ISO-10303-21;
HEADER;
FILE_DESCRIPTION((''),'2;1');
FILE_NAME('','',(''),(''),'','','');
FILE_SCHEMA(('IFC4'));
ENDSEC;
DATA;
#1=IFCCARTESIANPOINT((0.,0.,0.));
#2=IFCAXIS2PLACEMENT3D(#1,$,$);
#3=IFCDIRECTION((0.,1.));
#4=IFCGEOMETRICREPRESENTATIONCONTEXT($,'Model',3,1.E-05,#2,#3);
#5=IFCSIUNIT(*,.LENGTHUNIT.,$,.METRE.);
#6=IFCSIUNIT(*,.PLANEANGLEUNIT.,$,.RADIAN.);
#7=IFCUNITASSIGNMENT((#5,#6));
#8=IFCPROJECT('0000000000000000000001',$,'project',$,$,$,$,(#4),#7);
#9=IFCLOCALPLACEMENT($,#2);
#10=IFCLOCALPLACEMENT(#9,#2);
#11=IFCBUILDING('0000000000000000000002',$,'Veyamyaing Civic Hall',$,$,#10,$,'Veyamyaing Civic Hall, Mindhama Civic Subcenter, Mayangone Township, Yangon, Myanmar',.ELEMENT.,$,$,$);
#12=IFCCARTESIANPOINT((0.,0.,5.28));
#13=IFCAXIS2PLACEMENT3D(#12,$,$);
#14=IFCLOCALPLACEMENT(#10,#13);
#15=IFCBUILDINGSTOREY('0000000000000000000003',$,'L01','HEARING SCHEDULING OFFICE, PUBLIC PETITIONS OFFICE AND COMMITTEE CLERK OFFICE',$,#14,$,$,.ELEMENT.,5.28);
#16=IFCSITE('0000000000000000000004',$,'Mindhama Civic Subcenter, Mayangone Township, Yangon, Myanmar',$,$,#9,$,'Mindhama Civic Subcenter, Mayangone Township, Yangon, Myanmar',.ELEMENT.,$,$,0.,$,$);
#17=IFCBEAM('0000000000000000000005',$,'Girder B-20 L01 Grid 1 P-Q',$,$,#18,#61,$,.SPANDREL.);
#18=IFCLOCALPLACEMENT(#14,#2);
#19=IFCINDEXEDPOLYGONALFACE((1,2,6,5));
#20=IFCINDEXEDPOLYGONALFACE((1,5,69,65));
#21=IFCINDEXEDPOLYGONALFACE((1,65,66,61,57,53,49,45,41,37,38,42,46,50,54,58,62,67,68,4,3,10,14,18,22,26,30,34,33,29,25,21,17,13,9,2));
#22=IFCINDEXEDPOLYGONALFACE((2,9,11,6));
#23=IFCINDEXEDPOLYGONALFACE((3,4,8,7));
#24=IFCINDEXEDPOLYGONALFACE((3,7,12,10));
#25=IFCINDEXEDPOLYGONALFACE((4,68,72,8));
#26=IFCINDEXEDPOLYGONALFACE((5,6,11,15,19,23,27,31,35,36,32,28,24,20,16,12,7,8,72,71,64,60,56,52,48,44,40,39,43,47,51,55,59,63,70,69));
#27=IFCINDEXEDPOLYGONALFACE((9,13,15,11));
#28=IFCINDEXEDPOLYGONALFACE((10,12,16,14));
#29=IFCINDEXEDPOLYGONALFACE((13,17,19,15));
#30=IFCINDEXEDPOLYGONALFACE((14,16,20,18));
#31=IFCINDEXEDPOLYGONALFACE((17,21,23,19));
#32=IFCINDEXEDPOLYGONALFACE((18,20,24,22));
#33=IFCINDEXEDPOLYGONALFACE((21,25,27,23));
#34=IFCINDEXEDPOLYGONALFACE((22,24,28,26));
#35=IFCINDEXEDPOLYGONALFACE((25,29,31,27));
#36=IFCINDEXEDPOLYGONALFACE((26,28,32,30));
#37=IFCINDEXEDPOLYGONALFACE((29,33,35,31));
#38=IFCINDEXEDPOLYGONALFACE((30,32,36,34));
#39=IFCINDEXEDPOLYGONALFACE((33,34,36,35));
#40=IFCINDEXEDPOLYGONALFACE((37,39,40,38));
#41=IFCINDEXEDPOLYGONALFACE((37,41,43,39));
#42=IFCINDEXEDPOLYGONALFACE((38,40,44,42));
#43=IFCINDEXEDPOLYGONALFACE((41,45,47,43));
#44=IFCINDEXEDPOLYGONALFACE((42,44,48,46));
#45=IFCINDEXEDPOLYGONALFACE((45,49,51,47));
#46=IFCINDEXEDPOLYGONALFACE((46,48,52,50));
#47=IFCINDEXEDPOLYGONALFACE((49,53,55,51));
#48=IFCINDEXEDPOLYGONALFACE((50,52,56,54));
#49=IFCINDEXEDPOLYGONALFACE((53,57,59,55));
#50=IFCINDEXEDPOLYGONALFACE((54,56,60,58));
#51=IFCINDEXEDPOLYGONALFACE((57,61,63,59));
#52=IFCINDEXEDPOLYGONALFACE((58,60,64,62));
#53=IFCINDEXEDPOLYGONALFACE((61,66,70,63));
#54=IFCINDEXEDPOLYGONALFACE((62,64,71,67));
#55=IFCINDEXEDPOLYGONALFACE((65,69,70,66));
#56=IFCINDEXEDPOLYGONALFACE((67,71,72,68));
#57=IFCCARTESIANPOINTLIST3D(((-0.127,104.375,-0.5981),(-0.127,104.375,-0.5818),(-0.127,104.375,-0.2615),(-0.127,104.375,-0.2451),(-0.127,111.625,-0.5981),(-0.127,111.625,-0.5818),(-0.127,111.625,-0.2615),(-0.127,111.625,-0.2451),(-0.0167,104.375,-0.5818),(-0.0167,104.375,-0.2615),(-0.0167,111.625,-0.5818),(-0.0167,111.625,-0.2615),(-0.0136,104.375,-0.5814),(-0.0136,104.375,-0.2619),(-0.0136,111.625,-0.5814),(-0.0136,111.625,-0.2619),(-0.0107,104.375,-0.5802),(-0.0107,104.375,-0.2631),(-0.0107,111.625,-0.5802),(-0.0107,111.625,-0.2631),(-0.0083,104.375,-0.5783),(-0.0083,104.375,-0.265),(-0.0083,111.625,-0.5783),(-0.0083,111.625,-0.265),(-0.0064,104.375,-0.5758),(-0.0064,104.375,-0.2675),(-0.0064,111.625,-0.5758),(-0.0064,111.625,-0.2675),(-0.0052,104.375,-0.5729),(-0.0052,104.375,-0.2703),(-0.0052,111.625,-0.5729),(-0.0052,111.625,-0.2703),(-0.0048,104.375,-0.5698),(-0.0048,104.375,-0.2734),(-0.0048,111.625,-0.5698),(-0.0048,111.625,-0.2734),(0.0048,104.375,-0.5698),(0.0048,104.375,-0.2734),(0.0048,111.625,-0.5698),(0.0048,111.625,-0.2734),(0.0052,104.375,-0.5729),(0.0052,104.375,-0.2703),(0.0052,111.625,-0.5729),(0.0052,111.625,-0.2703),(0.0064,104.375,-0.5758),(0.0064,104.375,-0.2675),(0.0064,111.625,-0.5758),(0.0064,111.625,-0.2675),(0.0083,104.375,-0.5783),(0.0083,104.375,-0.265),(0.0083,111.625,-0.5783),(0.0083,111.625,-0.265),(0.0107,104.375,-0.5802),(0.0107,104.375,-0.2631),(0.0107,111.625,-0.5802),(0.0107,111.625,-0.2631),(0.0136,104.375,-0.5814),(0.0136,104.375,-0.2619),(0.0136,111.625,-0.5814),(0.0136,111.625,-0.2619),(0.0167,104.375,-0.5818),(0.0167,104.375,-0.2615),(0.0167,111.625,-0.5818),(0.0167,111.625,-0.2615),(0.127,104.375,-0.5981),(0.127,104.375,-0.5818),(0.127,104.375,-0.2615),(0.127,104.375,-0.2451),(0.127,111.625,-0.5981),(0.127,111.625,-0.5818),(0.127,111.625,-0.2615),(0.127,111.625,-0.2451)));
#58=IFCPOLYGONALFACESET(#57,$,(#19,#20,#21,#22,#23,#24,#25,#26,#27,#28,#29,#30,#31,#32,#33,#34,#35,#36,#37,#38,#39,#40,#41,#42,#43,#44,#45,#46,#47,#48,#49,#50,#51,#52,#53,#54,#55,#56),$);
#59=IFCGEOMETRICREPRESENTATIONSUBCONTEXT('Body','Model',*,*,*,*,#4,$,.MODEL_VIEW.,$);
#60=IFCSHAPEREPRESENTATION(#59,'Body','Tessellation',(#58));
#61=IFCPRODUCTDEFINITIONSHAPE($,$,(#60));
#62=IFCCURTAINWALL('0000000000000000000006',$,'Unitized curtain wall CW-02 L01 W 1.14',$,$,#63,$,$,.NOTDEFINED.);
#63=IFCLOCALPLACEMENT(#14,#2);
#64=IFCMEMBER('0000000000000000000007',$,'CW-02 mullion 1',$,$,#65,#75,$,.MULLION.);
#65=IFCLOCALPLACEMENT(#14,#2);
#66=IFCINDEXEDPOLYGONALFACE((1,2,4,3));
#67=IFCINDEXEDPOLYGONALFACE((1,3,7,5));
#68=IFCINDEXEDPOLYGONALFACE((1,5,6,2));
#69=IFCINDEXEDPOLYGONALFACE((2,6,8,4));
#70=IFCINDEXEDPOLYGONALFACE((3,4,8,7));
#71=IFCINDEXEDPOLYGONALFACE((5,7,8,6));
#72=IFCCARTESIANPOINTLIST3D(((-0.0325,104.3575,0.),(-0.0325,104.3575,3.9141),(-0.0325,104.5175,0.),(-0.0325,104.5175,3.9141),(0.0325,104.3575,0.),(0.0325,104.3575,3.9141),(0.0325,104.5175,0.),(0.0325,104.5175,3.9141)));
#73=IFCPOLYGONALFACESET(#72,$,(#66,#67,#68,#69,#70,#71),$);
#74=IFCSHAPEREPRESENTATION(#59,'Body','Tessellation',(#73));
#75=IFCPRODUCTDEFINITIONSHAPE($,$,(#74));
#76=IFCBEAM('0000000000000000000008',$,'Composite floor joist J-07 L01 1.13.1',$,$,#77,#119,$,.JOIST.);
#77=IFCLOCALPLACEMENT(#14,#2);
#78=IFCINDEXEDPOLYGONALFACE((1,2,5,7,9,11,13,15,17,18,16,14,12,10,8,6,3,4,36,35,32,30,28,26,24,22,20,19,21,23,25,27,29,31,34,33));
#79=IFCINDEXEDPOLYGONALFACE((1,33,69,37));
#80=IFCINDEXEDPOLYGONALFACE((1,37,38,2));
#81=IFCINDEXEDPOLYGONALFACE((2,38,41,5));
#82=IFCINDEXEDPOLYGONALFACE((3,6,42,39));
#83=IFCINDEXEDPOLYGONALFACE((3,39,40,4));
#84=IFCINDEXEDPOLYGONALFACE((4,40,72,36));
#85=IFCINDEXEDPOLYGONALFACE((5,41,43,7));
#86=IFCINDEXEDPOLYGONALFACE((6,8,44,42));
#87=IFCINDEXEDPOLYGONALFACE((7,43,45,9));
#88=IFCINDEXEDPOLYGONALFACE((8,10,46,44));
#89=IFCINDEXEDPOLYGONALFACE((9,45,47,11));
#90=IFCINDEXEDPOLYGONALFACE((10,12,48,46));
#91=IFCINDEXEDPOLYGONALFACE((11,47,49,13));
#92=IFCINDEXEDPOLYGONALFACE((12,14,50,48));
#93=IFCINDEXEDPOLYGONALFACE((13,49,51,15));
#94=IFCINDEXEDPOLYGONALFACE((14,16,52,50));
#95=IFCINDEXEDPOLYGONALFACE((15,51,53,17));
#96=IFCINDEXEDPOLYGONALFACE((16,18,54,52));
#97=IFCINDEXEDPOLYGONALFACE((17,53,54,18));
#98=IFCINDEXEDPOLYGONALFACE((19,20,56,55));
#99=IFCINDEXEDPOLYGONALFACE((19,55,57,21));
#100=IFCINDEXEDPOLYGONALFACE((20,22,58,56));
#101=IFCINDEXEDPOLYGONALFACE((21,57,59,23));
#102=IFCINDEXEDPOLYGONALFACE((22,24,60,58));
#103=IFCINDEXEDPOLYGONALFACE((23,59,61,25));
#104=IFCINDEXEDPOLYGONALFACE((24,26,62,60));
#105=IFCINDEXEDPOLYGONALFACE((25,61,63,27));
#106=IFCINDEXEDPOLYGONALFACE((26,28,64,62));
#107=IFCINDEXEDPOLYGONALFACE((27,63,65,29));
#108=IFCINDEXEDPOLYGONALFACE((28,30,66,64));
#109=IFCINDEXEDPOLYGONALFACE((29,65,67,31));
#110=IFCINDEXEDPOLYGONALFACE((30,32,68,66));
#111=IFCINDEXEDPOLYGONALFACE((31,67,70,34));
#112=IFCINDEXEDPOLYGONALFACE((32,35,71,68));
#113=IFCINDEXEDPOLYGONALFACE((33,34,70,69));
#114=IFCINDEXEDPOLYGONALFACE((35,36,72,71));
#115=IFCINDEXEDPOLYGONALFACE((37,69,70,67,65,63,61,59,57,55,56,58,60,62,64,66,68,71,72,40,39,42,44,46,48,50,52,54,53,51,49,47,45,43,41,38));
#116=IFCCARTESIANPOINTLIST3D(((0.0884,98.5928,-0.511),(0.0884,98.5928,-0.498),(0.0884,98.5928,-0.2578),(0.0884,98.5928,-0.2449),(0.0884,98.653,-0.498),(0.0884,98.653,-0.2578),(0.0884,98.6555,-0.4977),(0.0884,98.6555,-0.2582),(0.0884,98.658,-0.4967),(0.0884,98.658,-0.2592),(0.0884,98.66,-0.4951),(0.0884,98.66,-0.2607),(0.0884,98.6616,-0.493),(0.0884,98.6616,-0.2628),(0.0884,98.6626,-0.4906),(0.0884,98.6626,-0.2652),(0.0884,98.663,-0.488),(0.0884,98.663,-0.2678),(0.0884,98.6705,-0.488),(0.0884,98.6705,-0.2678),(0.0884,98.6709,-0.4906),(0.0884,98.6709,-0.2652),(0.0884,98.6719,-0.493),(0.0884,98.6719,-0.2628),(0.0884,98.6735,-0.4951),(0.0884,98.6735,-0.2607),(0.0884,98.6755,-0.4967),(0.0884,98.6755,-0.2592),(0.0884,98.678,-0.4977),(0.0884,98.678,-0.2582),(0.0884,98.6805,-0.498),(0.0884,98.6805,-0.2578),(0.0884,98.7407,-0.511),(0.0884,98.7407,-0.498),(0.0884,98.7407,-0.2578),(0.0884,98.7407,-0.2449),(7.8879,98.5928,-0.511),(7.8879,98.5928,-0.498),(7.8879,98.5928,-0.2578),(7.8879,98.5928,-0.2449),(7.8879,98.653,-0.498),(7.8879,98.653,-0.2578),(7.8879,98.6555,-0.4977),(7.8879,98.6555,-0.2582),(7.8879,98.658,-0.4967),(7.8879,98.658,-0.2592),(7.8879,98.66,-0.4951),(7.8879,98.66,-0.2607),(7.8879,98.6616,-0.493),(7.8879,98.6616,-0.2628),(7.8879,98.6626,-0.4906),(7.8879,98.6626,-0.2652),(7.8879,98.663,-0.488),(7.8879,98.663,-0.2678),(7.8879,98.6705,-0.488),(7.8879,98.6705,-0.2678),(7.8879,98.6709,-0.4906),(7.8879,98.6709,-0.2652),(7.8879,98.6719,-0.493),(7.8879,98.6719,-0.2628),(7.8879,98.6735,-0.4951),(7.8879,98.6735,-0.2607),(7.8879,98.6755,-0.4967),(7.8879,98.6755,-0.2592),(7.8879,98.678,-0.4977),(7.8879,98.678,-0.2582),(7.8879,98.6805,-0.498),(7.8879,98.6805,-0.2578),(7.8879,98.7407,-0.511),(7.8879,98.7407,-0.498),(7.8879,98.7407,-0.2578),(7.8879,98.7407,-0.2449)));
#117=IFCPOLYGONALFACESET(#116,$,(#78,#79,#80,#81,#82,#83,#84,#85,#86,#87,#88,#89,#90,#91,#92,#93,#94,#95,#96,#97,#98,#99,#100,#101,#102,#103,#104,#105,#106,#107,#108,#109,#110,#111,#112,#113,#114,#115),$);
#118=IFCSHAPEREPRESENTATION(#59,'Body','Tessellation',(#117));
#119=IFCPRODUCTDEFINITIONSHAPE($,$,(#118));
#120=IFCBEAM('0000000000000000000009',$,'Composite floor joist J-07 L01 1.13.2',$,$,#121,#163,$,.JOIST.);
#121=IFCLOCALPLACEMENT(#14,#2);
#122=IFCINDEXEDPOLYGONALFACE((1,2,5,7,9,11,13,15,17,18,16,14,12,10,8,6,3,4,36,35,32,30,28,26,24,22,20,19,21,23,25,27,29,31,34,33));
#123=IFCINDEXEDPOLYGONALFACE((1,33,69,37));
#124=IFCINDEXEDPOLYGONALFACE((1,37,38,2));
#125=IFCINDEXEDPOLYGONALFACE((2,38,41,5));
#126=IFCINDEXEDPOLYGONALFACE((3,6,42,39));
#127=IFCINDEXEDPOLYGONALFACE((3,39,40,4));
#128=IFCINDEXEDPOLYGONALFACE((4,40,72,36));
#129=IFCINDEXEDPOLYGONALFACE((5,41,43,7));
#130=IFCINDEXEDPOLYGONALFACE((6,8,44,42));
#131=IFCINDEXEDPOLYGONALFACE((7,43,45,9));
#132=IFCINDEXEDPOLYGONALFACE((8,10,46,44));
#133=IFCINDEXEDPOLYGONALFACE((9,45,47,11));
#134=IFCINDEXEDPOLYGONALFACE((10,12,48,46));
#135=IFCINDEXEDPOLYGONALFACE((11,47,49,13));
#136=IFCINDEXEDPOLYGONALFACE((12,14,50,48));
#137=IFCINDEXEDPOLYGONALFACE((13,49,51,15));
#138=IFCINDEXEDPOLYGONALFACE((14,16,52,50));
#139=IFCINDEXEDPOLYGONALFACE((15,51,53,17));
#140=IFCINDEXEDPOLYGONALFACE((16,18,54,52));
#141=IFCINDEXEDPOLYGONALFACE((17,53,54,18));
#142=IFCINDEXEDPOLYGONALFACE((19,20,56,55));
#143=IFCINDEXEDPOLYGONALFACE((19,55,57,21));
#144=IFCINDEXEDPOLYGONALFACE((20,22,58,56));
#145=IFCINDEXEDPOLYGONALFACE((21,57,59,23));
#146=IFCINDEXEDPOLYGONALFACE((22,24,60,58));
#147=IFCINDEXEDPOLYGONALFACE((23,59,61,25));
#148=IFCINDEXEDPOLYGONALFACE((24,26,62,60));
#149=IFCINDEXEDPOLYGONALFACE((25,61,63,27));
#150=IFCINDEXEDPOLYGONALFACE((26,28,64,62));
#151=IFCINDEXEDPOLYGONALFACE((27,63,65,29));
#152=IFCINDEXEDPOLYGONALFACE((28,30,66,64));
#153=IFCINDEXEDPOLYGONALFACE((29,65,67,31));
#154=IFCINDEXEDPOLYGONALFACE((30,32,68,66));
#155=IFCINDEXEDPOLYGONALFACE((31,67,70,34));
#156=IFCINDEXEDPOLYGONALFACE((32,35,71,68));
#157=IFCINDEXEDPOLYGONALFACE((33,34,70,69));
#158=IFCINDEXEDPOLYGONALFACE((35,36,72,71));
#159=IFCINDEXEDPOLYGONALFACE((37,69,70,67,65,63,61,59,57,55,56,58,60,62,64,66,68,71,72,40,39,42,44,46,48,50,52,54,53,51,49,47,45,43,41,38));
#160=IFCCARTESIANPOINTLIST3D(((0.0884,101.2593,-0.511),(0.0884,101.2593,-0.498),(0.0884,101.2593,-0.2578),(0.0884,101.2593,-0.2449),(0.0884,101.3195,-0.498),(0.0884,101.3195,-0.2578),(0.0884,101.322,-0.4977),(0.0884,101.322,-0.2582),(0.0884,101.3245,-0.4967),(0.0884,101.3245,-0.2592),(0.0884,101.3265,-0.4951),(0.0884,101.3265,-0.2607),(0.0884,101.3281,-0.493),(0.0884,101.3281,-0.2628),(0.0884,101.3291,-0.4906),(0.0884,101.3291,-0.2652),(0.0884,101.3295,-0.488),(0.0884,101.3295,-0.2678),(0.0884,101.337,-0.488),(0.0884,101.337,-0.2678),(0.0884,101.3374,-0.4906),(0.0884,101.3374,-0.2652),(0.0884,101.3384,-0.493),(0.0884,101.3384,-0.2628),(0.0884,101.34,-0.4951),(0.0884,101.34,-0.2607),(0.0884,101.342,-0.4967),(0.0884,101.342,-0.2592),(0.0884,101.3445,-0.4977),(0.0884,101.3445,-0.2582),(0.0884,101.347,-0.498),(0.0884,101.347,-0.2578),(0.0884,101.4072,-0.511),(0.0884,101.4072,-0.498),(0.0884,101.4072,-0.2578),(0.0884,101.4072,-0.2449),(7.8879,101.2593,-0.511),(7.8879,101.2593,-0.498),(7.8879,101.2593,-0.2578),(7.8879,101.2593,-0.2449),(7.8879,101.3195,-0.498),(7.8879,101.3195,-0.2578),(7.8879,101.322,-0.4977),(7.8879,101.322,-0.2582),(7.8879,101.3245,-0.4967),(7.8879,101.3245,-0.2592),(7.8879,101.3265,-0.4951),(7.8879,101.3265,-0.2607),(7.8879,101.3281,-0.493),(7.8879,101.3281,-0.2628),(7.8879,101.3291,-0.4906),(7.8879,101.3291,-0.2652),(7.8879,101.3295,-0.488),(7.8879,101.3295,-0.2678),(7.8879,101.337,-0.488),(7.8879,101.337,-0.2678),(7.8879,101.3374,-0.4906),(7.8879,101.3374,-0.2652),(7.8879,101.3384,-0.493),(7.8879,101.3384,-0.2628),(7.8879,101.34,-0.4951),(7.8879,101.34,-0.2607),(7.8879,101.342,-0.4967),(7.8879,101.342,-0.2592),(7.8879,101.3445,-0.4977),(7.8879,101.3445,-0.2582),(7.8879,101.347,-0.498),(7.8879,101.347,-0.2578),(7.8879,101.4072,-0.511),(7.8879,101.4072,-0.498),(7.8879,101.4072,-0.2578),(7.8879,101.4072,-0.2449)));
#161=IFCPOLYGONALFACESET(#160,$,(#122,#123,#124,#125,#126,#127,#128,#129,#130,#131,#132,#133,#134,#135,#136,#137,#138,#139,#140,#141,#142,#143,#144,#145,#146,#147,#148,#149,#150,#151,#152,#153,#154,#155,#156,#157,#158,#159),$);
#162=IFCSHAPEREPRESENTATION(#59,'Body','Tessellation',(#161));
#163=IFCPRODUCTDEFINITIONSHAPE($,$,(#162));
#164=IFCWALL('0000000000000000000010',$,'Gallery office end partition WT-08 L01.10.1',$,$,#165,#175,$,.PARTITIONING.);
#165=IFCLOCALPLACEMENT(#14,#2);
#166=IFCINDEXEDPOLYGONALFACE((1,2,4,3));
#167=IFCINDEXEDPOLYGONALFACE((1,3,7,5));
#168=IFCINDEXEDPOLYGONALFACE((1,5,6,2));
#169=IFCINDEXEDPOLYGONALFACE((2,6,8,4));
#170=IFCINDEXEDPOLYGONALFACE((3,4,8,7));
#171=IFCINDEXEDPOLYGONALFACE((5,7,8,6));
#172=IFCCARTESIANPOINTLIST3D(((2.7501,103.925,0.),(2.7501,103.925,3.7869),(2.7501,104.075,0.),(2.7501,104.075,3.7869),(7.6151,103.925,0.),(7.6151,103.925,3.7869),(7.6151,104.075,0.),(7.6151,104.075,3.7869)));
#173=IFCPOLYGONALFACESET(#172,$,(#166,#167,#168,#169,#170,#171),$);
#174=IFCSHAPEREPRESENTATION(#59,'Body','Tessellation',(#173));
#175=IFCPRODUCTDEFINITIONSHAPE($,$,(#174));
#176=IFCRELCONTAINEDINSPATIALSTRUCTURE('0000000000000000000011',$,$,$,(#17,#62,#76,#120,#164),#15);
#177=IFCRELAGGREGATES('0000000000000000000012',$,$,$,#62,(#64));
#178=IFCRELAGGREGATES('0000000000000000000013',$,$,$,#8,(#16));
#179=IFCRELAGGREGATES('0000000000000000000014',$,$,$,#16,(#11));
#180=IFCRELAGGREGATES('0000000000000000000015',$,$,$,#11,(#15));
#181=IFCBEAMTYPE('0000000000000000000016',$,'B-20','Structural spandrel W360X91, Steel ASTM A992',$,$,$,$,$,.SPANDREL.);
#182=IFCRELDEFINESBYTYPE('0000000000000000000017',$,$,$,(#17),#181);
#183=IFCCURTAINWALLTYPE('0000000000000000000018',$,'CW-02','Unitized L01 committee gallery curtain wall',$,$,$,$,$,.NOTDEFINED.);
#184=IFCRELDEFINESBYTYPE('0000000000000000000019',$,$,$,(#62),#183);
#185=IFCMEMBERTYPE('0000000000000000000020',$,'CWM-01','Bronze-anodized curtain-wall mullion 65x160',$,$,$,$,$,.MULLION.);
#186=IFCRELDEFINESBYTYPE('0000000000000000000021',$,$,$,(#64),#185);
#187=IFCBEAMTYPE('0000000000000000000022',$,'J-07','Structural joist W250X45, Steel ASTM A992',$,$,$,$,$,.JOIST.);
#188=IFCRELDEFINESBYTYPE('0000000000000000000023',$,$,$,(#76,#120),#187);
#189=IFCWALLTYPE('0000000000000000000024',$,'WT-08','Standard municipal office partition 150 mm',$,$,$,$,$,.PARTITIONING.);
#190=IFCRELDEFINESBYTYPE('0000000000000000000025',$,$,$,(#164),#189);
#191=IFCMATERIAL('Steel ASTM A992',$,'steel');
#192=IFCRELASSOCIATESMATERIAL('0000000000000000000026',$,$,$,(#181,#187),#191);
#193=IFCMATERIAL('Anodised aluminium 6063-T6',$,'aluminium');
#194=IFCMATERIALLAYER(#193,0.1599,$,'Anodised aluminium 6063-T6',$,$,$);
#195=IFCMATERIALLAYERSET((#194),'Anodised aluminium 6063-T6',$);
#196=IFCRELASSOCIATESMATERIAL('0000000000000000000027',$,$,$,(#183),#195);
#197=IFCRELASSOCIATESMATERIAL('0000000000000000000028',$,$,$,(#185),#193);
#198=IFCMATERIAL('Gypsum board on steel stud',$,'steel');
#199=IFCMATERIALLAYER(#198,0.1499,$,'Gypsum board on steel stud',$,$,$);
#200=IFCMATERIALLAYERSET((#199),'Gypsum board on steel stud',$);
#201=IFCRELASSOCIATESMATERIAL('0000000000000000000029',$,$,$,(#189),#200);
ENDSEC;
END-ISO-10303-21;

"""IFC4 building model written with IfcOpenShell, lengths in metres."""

from ifc_helpers import new_model, si_unit, direction, frame, frame_2d, origin, origin_2d, place, context, subcontext, project, spatial, rectangle, i_section, extrude, material, layer, layer_set, material_profile, profile_set, type_object, element, aggregate, save


model = new_model("IFC4")

# Units and contexts
model_context = context("Model", 3, precision=1e-05, world=origin(), true_north=direction((0.0, 1.0)))
body_context = subcontext(model_context, "Body", "Model", "MODEL_VIEW")
ifc_project = project(units=[si_unit("LENGTHUNIT", "METRE"), si_unit("PLANEANGLEUNIT", "RADIAN")], contexts=[model_context])

# Site, building, storey
site_placement = place(None, origin())
site = spatial("IfcSite", under=ifc_project, at=site_placement, Name="Mindhama Civic Subcenter, Mayangone Township, Yangon, Myanmar", LongName="Mindhama Civic Subcenter, Mayangone Township, Yangon, Myanmar", CompositionType="ELEMENT", RefElevation=0.0)
building_placement = place(site_placement, origin())
building = spatial("IfcBuilding", under=site, at=building_placement, Name="Veyamyaing Civic Hall", LongName="Veyamyaing Civic Hall, Mindhama Civic Subcenter, Mayangone Township, Yangon, Myanmar", CompositionType="ELEMENT")
storey_placement = place(building_placement, frame((0.0, 0.0, 5.28)))
storey = spatial("IfcBuildingStorey", under=building, at=storey_placement, Name="L01", Description="HEARING SCHEDULING OFFICE, PUBLIC PETITIONS OFFICE AND COMMITTEE CLERK OFFICE", CompositionType="ELEMENT", Elevation=5.28)

# Beam
ifc_material_1 = material(Name="Steel ASTM A992", Category="steel")
ifc_material_profile_1 = material_profile(ifc_material_1, i_section(OverallWidth=0.2539, OverallDepth=0.353, WebThickness=0.0095, FlangeThickness=0.0164, FilletRadius=0.012, at=origin_2d()), Name="W360X91")
ifc_profile_set_1 = profile_set([ifc_material_profile_1], Name="Steel ASTM A992")
beam_type_1 = type_object("IfcBeamType", Name="B-20", Description="Structural spandrel W360X91, Steel ASTM A992", PredefinedType="SPANDREL", material=ifc_profile_set_1)
beam_1_placement = place(storey_placement, frame((0.0, 104.375, -0.4216), z_axis=(0.0, 1.0, 0.0), x_axis=(-1.0, 0.0, 0.0)))
element("IfcBeam", 1, at=beam_1_placement, inside=storey, type_object=beam_type_1, Name="Girder B-20 L01 Grid 1 P-Q", PredefinedType="SPANDREL", context=body_context, shape_type="SweptSolid", body=[
    extrude(i_section(OverallWidth=0.2539, OverallDepth=0.353, WebThickness=0.0095, FlangeThickness=0.0164, FilletRadius=0.012, at=origin_2d()), origin(), (0.0, 0.0, 1.0), 7.25),
])

# Curtain wall, member
ifc_material_2 = material(Name="Anodised aluminium 6063-T6", Category="aluminium")
ifc_layer_1 = layer(ifc_material_2, 0.1599, Name="Anodised aluminium 6063-T6")
ifc_layer_set_1 = layer_set([ifc_layer_1], Name="Anodised aluminium 6063-T6")
curtain_wall_type = type_object("IfcCurtainWallType", Name="CW-02", Description="Unitized L01 committee gallery curtain wall", PredefinedType="NOTDEFINED", material=ifc_layer_set_1)
curtain_wall_placement = place(storey_placement, origin())
curtain_wall = element("IfcCurtainWall", 2, at=curtain_wall_placement, inside=storey, type_object=curtain_wall_type, Name="Unitized curtain wall CW-02 L01 W 1.14", PredefinedType="NOTDEFINED")
ifc_material_profile_2 = material_profile(ifc_material_2, rectangle(XDim=0.0649, YDim=0.1599, at=origin_2d()), Name="ALU-MUL-65X160")
ifc_profile_set_2 = profile_set([ifc_material_profile_2], Name="Anodised aluminium 6063-T6")
member_type = type_object("IfcMemberType", Name="CWM-01", Description="Bronze-anodized curtain-wall mullion 65x160", PredefinedType="MULLION", material=ifc_profile_set_2)
member_placement = place(storey_placement, frame((0.0, 104.4375, 0.0), z_axis=(0.0, 0.0, 1.0), x_axis=(-1.0, 0.0, 0.0)))
member = element("IfcMember", 3, at=member_placement, type_object=member_type, Name="CW-02 mullion 1", PredefinedType="MULLION", context=body_context, shape_type="SweptSolid", body=[
    extrude(rectangle(XDim=0.0649, YDim=0.1599, at=origin_2d()), origin(), (0.0, 0.0, 1.0), 3.9141),
])
aggregate(curtain_wall, [member])

# Beams
ifc_material_profile_3 = material_profile(ifc_material_1, i_section(OverallWidth=0.1479, OverallDepth=0.2661, WebThickness=0.0076, FlangeThickness=0.0129, FilletRadius=0.01, at=origin_2d()), Name="W250X45")
ifc_profile_set_3 = profile_set([ifc_material_profile_3], Name="Steel ASTM A992")
beam_type_2 = type_object("IfcBeamType", Name="J-07", Description="Structural joist W250X45, Steel ASTM A992", PredefinedType="JOIST", material=ifc_profile_set_3)
for number, where, z_axis, x_axis, name in (
    (4, (0.0884, 98.6667, -0.3779), (1.0, 0.0, 0.0), (0.0, 1.0, 0.0), "Composite floor joist J-07 L01 1.13.1"),
    (5, (0.0884, 101.3333, -0.3779), (1.0, 0.0, 0.0), (0.0, 1.0, 0.0), "Composite floor joist J-07 L01 1.13.2"),
):
    element("IfcBeam", number, at=place(storey_placement, frame(where, z_axis=z_axis, x_axis=x_axis)), inside=storey, type_object=beam_type_2, Name=name, PredefinedType="JOIST", context=body_context, shape_type="SweptSolid", body=[
        extrude(i_section(OverallWidth=0.1479, OverallDepth=0.2661, WebThickness=0.0076, FlangeThickness=0.0129, FilletRadius=0.01, at=origin_2d()), origin(), (0.0, 0.0, 1.0), 7.7996),
    ])

# Wall
ifc_material_3 = material(Name="Gypsum board on steel stud", Category="steel")
ifc_layer_2 = layer(ifc_material_3, 0.1499, Name="Gypsum board on steel stud")
ifc_layer_set_2 = layer_set([ifc_layer_2], Name="Gypsum board on steel stud")
wall_type_1 = type_object("IfcWallType", Name="WT-08", Description="Standard municipal office partition 150 mm", PredefinedType="PARTITIONING", material=ifc_layer_set_2)
wall_1_placement = place(storey_placement, frame((2.75, 104.0, 0.0), z_axis=(0.0, 0.0, 1.0), x_axis=(1.0, 0.0, 0.0)))
element("IfcWall", 6, at=wall_1_placement, inside=storey, type_object=wall_type_1, Name="Gallery office end partition WT-08 L01.10.1", PredefinedType="PARTITIONING", context=body_context, shape_type="SweptSolid", body=[
    extrude(rectangle(XDim=4.865, YDim=0.1499, at=frame_2d((2.4326, 0.0))), origin(), (0.0, 0.0, 1.0), 3.7869),
])

save(model, "model.ifc")
